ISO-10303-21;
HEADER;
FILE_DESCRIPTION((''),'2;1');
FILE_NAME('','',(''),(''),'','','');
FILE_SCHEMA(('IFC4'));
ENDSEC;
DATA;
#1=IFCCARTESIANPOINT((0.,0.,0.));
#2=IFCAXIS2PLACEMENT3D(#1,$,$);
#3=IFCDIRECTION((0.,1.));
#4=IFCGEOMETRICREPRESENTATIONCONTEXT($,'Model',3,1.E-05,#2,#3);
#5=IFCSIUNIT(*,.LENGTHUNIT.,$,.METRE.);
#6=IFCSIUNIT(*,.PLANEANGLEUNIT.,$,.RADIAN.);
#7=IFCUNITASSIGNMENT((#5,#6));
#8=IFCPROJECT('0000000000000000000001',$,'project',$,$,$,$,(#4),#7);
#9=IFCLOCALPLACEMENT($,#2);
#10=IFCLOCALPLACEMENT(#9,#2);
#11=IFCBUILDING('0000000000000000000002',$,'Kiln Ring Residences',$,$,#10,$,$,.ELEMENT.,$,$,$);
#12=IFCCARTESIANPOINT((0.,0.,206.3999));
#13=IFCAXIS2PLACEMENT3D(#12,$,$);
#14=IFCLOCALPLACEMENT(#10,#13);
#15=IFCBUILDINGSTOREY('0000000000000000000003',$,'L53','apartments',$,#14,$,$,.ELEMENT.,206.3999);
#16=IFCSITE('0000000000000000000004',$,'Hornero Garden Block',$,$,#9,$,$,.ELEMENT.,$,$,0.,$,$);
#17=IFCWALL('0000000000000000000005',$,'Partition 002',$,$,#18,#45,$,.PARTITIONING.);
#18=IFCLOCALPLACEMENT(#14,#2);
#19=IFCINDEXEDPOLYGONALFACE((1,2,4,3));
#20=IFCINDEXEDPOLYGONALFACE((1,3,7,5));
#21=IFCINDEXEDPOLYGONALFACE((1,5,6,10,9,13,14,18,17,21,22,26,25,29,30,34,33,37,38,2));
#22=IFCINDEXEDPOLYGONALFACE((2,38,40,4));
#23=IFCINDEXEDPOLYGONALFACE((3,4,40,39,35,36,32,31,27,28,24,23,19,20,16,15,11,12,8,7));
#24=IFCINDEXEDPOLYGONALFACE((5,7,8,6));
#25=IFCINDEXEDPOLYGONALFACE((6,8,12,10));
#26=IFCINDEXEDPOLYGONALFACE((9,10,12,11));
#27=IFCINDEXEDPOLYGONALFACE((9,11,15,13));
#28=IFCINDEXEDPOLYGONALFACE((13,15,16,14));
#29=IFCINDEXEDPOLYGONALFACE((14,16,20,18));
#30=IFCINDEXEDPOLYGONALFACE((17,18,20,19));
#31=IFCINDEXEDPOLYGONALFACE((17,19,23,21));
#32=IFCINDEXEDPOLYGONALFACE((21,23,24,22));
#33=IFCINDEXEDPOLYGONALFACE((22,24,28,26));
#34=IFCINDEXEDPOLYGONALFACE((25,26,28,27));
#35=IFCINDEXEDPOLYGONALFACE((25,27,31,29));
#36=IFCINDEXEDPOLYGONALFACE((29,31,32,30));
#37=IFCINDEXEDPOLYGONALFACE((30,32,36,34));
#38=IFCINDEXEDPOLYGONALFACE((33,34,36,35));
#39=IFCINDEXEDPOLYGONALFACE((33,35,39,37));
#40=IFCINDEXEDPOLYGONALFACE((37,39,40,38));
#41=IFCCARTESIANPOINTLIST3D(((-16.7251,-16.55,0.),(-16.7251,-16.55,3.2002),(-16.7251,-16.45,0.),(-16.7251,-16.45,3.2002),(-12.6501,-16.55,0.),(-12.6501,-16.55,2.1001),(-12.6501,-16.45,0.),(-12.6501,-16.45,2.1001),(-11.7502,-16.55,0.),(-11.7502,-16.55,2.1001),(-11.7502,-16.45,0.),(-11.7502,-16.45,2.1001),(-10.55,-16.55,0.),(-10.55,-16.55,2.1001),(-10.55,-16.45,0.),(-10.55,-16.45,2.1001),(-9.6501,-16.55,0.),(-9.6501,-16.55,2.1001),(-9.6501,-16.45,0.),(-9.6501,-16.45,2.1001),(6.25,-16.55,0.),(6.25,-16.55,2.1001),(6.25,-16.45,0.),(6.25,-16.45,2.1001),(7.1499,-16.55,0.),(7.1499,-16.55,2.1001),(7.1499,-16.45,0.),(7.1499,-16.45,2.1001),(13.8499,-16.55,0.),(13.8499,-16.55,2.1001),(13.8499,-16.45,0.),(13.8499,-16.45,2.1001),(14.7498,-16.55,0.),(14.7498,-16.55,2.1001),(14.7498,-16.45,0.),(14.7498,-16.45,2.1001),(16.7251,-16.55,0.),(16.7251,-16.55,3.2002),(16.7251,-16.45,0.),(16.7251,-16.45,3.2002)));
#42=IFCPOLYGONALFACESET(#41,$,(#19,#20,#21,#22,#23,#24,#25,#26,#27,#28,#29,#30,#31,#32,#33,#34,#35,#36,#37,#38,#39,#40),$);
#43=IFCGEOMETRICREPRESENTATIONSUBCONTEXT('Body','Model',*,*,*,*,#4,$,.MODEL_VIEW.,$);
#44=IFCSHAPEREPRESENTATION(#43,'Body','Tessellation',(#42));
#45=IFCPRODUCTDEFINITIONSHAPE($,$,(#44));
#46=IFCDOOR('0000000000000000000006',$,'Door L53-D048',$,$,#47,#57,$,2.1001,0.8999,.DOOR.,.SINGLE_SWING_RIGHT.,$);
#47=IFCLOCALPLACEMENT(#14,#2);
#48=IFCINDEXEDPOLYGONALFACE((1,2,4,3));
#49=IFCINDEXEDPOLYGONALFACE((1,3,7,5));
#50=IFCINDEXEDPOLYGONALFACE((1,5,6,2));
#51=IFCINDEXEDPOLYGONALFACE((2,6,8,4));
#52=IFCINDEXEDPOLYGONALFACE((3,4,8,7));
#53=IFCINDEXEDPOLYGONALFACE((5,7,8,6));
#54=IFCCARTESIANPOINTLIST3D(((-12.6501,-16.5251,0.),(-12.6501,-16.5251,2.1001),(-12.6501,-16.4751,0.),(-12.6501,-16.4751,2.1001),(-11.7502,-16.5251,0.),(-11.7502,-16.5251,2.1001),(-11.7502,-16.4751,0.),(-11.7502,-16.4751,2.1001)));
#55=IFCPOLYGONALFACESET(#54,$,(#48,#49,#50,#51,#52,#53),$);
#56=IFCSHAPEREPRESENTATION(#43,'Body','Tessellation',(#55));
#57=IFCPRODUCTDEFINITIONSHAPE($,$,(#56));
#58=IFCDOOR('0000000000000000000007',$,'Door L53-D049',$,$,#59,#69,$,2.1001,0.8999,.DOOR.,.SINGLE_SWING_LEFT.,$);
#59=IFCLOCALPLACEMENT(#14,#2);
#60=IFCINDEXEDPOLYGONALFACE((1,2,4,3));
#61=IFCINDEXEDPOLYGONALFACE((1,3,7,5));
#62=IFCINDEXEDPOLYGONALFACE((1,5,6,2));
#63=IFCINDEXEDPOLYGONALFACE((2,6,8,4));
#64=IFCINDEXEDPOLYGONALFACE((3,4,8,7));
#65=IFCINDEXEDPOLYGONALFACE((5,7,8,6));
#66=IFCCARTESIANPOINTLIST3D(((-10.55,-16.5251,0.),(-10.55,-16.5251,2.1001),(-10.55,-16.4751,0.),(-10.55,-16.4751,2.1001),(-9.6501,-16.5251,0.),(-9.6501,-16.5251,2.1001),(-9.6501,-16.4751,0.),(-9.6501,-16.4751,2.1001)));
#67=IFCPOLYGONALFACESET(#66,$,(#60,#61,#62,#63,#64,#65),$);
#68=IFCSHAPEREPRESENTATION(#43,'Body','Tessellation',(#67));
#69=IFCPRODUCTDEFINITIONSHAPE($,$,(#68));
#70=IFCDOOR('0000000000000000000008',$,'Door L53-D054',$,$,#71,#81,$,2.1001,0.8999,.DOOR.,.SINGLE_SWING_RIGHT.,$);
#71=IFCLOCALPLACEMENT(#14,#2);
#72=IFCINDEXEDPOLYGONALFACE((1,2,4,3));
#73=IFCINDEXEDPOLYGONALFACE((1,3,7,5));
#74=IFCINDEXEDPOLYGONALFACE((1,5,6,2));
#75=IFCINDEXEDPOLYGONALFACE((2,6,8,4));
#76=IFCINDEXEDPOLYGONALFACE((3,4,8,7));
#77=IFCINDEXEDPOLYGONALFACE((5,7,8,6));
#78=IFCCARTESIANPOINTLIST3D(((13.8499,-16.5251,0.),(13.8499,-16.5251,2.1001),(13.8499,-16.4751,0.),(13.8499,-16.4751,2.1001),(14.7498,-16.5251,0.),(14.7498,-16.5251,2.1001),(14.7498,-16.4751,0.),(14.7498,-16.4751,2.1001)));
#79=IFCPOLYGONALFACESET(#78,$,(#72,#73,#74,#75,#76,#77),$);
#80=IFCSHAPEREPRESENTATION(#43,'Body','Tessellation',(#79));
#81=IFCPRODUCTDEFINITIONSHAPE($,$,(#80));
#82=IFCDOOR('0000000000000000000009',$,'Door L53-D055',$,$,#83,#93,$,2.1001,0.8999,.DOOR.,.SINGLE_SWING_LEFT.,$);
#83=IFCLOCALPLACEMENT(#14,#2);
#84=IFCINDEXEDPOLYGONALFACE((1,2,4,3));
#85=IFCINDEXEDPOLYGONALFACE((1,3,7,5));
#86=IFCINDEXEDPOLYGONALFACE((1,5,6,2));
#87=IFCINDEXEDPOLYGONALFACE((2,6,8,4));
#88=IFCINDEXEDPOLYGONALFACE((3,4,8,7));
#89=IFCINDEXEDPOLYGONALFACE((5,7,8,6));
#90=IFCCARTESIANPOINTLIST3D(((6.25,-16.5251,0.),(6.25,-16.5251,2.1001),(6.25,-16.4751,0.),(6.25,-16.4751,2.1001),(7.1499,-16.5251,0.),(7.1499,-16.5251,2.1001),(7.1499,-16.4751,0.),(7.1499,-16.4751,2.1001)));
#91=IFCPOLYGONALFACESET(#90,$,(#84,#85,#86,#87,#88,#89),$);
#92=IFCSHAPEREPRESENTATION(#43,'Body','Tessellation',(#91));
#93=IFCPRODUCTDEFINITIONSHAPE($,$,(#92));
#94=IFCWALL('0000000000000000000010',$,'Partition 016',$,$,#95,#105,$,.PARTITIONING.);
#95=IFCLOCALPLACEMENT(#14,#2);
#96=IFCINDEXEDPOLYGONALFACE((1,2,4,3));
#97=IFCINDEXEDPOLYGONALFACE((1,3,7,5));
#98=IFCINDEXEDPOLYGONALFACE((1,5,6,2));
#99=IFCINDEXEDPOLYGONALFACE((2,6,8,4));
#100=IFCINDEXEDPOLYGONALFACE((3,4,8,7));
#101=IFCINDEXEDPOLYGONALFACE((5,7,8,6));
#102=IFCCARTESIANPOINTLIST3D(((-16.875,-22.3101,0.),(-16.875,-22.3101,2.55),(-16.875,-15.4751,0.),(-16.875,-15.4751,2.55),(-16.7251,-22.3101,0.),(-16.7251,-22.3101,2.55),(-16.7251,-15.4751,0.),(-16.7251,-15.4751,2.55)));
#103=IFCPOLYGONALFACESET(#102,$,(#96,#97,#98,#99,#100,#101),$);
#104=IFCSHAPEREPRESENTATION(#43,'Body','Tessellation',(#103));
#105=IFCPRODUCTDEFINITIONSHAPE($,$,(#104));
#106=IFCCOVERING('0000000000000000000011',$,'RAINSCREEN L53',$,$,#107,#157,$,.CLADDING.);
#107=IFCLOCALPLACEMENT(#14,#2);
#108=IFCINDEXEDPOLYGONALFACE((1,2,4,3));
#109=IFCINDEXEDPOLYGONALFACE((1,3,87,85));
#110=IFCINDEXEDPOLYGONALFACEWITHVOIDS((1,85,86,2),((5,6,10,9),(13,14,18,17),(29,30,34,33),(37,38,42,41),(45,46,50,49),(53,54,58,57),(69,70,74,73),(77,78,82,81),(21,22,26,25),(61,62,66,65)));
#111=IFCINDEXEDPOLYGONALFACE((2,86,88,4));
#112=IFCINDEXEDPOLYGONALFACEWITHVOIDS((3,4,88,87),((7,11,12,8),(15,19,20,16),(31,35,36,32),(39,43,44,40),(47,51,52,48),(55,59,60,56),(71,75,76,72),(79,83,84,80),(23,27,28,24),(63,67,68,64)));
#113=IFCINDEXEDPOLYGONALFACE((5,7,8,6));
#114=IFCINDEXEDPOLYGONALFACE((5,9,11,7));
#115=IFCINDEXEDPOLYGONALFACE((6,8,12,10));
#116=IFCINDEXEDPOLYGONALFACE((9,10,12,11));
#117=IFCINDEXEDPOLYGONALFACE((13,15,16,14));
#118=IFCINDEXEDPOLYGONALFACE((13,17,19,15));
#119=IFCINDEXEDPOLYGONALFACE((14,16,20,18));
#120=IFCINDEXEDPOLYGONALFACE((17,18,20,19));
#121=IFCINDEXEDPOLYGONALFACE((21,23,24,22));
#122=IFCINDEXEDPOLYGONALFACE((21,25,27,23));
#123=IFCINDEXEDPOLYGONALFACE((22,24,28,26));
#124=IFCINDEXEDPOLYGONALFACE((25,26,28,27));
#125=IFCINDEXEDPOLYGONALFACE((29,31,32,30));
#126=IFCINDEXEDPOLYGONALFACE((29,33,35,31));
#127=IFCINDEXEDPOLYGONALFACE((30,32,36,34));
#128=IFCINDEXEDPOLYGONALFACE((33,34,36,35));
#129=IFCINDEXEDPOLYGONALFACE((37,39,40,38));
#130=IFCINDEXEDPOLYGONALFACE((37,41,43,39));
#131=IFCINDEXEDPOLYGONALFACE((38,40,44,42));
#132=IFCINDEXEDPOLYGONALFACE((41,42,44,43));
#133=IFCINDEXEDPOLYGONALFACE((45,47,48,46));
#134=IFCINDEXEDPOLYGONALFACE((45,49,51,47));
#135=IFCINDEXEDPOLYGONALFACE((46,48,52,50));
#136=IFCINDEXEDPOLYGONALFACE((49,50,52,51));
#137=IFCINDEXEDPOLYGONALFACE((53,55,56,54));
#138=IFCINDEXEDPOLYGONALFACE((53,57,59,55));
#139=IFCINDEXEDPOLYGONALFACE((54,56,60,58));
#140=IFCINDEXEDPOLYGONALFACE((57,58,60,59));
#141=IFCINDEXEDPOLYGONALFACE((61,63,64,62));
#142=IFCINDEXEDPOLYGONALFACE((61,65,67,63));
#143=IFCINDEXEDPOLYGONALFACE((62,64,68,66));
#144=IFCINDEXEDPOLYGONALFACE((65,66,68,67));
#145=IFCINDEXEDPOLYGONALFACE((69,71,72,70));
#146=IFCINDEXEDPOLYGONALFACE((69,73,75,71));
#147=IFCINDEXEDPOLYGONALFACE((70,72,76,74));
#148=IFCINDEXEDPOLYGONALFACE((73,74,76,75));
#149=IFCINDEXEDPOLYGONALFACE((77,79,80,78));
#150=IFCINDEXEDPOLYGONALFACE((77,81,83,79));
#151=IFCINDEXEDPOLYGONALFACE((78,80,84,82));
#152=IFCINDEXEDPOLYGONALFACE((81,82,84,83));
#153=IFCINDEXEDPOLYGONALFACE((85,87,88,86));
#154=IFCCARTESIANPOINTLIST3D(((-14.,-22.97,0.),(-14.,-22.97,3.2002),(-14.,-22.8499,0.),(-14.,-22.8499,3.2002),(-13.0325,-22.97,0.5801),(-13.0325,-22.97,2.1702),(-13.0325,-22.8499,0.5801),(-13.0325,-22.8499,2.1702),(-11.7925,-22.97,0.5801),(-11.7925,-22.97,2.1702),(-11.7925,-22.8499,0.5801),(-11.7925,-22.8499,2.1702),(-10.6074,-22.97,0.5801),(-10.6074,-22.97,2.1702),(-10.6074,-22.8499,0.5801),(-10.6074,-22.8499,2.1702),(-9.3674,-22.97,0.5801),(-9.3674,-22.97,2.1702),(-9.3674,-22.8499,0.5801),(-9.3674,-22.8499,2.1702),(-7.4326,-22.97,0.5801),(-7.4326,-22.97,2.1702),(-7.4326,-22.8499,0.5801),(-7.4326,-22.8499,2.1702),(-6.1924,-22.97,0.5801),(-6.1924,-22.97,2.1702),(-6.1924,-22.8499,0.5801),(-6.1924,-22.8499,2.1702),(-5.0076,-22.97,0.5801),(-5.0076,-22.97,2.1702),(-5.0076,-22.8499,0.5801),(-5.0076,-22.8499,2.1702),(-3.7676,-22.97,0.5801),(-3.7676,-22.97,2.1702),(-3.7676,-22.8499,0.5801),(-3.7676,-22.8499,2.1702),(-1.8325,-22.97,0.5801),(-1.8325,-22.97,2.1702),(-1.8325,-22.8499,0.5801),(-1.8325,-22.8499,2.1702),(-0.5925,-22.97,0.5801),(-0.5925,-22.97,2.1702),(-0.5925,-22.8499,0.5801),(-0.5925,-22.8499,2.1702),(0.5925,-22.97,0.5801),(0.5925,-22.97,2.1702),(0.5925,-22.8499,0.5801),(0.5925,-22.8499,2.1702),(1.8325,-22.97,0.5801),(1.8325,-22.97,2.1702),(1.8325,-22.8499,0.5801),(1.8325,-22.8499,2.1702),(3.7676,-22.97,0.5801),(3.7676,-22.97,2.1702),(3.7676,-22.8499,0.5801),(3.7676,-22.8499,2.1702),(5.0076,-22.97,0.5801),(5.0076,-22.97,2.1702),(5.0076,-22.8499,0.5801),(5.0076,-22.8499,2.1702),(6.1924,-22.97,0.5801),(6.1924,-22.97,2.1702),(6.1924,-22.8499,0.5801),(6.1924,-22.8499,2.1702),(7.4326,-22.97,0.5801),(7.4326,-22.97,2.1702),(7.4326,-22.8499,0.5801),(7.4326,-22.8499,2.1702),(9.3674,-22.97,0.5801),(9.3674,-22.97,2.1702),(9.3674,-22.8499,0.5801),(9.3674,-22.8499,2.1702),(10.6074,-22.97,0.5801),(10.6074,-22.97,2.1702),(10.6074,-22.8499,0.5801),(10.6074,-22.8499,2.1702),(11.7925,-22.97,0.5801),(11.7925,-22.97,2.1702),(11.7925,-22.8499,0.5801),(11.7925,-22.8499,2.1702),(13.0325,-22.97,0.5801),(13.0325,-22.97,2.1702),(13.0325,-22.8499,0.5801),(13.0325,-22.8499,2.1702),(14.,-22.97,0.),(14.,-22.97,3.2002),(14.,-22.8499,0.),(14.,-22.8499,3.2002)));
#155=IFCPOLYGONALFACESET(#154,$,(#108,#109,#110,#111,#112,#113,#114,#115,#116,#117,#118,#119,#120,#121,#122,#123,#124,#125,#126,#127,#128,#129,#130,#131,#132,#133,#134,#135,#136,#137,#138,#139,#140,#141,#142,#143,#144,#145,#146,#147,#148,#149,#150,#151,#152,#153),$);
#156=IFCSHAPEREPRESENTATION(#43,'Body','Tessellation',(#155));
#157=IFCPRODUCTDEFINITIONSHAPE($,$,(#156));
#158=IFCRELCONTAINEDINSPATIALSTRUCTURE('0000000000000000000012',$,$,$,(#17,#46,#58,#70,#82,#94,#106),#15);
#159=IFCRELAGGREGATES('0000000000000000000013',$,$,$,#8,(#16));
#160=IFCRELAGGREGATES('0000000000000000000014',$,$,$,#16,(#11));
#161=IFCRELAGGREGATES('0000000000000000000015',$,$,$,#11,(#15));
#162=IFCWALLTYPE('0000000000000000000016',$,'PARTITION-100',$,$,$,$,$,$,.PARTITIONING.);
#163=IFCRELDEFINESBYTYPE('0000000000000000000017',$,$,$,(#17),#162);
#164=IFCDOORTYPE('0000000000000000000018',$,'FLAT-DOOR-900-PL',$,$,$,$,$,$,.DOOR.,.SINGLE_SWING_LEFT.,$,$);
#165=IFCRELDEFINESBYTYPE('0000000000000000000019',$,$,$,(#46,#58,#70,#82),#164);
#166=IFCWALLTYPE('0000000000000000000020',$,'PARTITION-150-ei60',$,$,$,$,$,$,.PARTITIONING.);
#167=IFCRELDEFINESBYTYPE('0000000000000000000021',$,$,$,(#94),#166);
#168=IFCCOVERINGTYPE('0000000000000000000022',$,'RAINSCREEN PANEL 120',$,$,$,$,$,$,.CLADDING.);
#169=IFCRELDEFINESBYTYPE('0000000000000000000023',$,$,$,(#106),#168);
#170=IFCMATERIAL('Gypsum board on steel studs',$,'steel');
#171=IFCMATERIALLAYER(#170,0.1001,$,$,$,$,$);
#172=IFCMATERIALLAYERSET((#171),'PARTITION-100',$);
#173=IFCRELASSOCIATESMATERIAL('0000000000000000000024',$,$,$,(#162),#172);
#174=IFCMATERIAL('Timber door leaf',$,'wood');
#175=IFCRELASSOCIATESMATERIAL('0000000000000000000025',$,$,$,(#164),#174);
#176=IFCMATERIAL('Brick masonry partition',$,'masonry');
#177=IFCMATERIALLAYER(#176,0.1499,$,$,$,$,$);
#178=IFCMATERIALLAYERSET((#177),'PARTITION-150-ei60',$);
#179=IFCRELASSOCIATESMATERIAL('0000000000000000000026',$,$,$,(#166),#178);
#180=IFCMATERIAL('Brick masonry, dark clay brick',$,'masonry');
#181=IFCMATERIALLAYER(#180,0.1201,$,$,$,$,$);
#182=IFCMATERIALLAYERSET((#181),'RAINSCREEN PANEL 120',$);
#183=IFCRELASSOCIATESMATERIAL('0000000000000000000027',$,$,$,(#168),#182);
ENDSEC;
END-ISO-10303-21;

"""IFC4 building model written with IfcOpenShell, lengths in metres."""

from ifc_helpers import new_model, si_unit, direction, frame, frame_2d, origin, place, context, subcontext, project, spatial, polyline, rectangle, outline, extrude, material, layer, layer_set, type_object, element, fill, save


model = new_model("IFC4")

# Units and contexts
model_context = context("Model", 3, precision=1e-05, world=origin(), true_north=direction((0.0, 1.0)))
body_context = subcontext(model_context, "Body", "Model", "MODEL_VIEW")
ifc_project = project(units=[si_unit("LENGTHUNIT", "METRE"), si_unit("PLANEANGLEUNIT", "RADIAN")], contexts=[model_context])

# Site, building, storey
site_placement = place(None, origin())
site = spatial("IfcSite", under=ifc_project, at=site_placement, Name="Hornero Garden Block", CompositionType="ELEMENT", RefElevation=0.0)
building_placement = place(site_placement, origin())
building = spatial("IfcBuilding", under=site, at=building_placement, Name="Kiln Ring Residences", CompositionType="ELEMENT")
storey_placement = place(building_placement, frame((0.0, 0.0, 206.3999)))
storey = spatial("IfcBuildingStorey", under=building, at=storey_placement, Name="L53", Description="apartments", CompositionType="ELEMENT", Elevation=206.3999)

# Wall, openings, doors
ifc_material_1 = material(Name="Gypsum board on steel studs", Category="steel")
ifc_layer_1 = layer(ifc_material_1, 0.1001)
ifc_layer_set_1 = layer_set([ifc_layer_1], Name="PARTITION-100")
wall_type_1 = type_object("IfcWallType", Name="PARTITION-100", PredefinedType="PARTITIONING", material=ifc_layer_set_1)
wall_1_placement = place(storey_placement, frame((-16.7251, -16.5, 0.0), z_axis=(0.0, 0.0, 1.0), x_axis=(1.0, 0.0, 0.0)))
wall_1 = element("IfcWall", 1, at=wall_1_placement, inside=storey, type_object=wall_type_1, Name="Partition 002", PredefinedType="PARTITIONING", context=body_context, shape_type="SweptSolid", body=[
    extrude(rectangle(XDim=33.4502, YDim=0.1001, at=frame_2d((16.7251, 0.0))), origin(), (0.0, 0.0, 1.0), 3.2002),
])
opening_1_placement = place(wall_1_placement, frame((4.075, 0.0, 0.0)))
opening_1 = element("IfcOpeningElement", 2, at=opening_1_placement, cuts=wall_1, PredefinedType="OPENING", context=body_context, shape_type="SweptSolid", body=[
    extrude(rectangle(XDim=0.8999, YDim=2.1001, at=frame_2d((0.45, 1.05))), frame((0.0, 0.0601, 0.0), z_axis=(0.0, -1.0, 0.0), x_axis=(1.0, 0.0, 0.0)), (0.0, 0.0, 1.0), 0.1201),
])
opening_2_placement = place(wall_1_placement, frame((6.175, 0.0, 0.0)))
opening_2 = element("IfcOpeningElement", 3, at=opening_2_placement, cuts=wall_1, PredefinedType="OPENING", context=body_context, shape_type="SweptSolid", body=[
    extrude(rectangle(XDim=0.8999, YDim=2.1001, at=frame_2d((0.45, 1.05))), frame((0.0, 0.0601, 0.0), z_axis=(0.0, -1.0, 0.0), x_axis=(1.0, 0.0, 0.0)), (0.0, 0.0, 1.0), 0.1201),
])
opening_3_placement = place(wall_1_placement, frame((30.575, 0.0, 0.0)))
opening_3 = element("IfcOpeningElement", 4, at=opening_3_placement, cuts=wall_1, PredefinedType="OPENING", context=body_context, shape_type="SweptSolid", body=[
    extrude(rectangle(XDim=0.8999, YDim=2.1001, at=frame_2d((0.45, 1.05))), frame((0.0, 0.0601, 0.0), z_axis=(0.0, -1.0, 0.0), x_axis=(1.0, 0.0, 0.0)), (0.0, 0.0, 1.0), 0.1201),
])
opening_4_placement = place(wall_1_placement, frame((22.9751, 0.0, 0.0)))
opening_4 = element("IfcOpeningElement", 5, at=opening_4_placement, cuts=wall_1, PredefinedType="OPENING", context=body_context, shape_type="SweptSolid", body=[
    extrude(rectangle(XDim=0.8999, YDim=2.1001, at=frame_2d((0.45, 1.05))), frame((0.0, 0.0601, 0.0), z_axis=(0.0, -1.0, 0.0), x_axis=(1.0, 0.0, 0.0)), (0.0, 0.0, 1.0), 0.1201),
])
ifc_material_2 = material(Name="Timber door leaf", Category="wood")
door_type = type_object("IfcDoorType", Name="FLAT-DOOR-900-PL", OperationType="SINGLE_SWING_LEFT", PredefinedType="DOOR", material=ifc_material_2)
door_1_placement = place(opening_1_placement, origin())
door_1 = element("IfcDoor", 6, at=door_1_placement, inside=storey, type_object=door_type, Name="Door L53-D048", OperationType="SINGLE_SWING_RIGHT", OverallHeight=2.1001, OverallWidth=0.8999, PredefinedType="DOOR", context=body_context, shape_type="SweptSolid", body=[
    extrude(rectangle(XDim=0.8999, YDim=2.1001, at=frame_2d((0.45, 1.05))), frame((0.0, 0.0249, 0.0), z_axis=(0.0, -1.0, 0.0), x_axis=(1.0, 0.0, 0.0)), (0.0, 0.0, 1.0), 0.05),
])
fill(opening_1, door_1)
door_2_placement = place(opening_2_placement, origin())
door_2 = element("IfcDoor", 7, at=door_2_placement, inside=storey, type_object=door_type, Name="Door L53-D049", OperationType="SINGLE_SWING_LEFT", OverallHeight=2.1001, OverallWidth=0.8999, PredefinedType="DOOR", context=body_context, shape_type="SweptSolid", body=[
    extrude(rectangle(XDim=0.8999, YDim=2.1001, at=frame_2d((0.45, 1.05))), frame((0.0, 0.0249, 0.0), z_axis=(0.0, -1.0, 0.0), x_axis=(1.0, 0.0, 0.0)), (0.0, 0.0, 1.0), 0.05),
])
fill(opening_2, door_2)
door_3_placement = place(opening_3_placement, origin())
door_3 = element("IfcDoor", 8, at=door_3_placement, inside=storey, type_object=door_type, Name="Door L53-D054", OperationType="SINGLE_SWING_RIGHT", OverallHeight=2.1001, OverallWidth=0.8999, PredefinedType="DOOR", context=body_context, shape_type="SweptSolid", body=[
    extrude(rectangle(XDim=0.8999, YDim=2.1001, at=frame_2d((0.45, 1.05))), frame((0.0, 0.0249, 0.0), z_axis=(0.0, -1.0, 0.0), x_axis=(1.0, 0.0, 0.0)), (0.0, 0.0, 1.0), 0.05),
])
fill(opening_3, door_3)
door_4_placement = place(opening_4_placement, origin())
door_4 = element("IfcDoor", 9, at=door_4_placement, inside=storey, type_object=door_type, Name="Door L53-D055", OperationType="SINGLE_SWING_LEFT", OverallHeight=2.1001, OverallWidth=0.8999, PredefinedType="DOOR", context=body_context, shape_type="SweptSolid", body=[
    extrude(rectangle(XDim=0.8999, YDim=2.1001, at=frame_2d((0.45, 1.05))), frame((0.0, 0.0249, 0.0), z_axis=(0.0, -1.0, 0.0), x_axis=(1.0, 0.0, 0.0)), (0.0, 0.0, 1.0), 0.05),
])
fill(opening_4, door_4)

# Wall
ifc_material_3 = material(Name="Brick masonry partition", Category="masonry")
ifc_layer_2 = layer(ifc_material_3, 0.1499)
ifc_layer_set_2 = layer_set([ifc_layer_2], Name="PARTITION-150-ei60")
wall_type_2 = type_object("IfcWallType", Name="PARTITION-150-ei60", PredefinedType="PARTITIONING", material=ifc_layer_set_2)
wall_2_placement = place(storey_placement, frame((-16.8, -22.3101, 0.0), z_axis=(0.0, 0.0, 1.0), x_axis=(0.0, 1.0, 0.0)))
element("IfcWall", 10, at=wall_2_placement, inside=storey, type_object=wall_type_2, Name="Partition 016", PredefinedType="PARTITIONING", context=body_context, shape_type="SweptSolid", body=[
    extrude(rectangle(XDim=6.835, YDim=0.1499, at=frame_2d((3.4175, 0.0))), origin(), (0.0, 0.0, 1.0), 2.55),
])

# Covering
ifc_material_4 = material(Name="Brick masonry, dark clay brick", Category="masonry")
ifc_layer_3 = layer(ifc_material_4, 0.1201)
ifc_layer_set_3 = layer_set([ifc_layer_3], Name="RAINSCREEN PANEL 120")
covering_type = type_object("IfcCoveringType", Name="RAINSCREEN PANEL 120", PredefinedType="CLADDING", material=ifc_layer_set_3)
covering_placement = place(storey_placement, frame((-14.0, -22.9099, 0.0), z_axis=(0.0, 0.0, 1.0), x_axis=(1.0, 0.0, 0.0)))
element("IfcCovering", 11, at=covering_placement, inside=storey, type_object=covering_type, Name="RAINSCREEN L53", PredefinedType="CLADDING", context=body_context, shape_type="SweptSolid", body=[
    extrude(outline(polyline([(0.0, 0.0), (28.0, 0.0), (28.0, 3.2002), (0.0, 3.2002), (0.0, 0.0)]), holes=[polyline([(0.9675, 0.5801), (2.2075, 0.5801), (2.2075, 2.1702), (0.9675, 2.1702), (0.9675, 0.5801)]), polyline([(3.3926, 0.5801), (4.6326, 0.5801), (4.6326, 2.1702), (3.3926, 2.1702), (3.3926, 0.5801)]), polyline([(6.5674, 0.5801), (7.8076, 0.5801), (7.8076, 2.1702), (6.5674, 2.1702), (6.5674, 0.5801)]), polyline([(8.9924, 2.1702), (8.9924, 0.5801), (10.2324, 0.5801), (10.2324, 2.1702), (8.9924, 2.1702)]), polyline([(12.1675, 2.1702), (12.1675, 0.5801), (13.4075, 0.5801), (13.4075, 2.1702), (12.1675, 2.1702)]), polyline([(14.5925, 0.5801), (15.8325, 0.5801), (15.8325, 2.1702), (14.5925, 2.1702), (14.5925, 0.5801)]), polyline([(17.7676, 0.5801), (19.0076, 0.5801), (19.0076, 2.1702), (17.7676, 2.1702), (17.7676, 0.5801)]), polyline([(20.1924, 0.5801), (21.4326, 0.5801), (21.4326, 2.1702), (20.1924, 2.1702), (20.1924, 0.5801)]), polyline([(23.3674, 2.1702), (23.3674, 0.5801), (24.6074, 0.5801), (24.6074, 2.1702), (23.3674, 2.1702)]), polyline([(25.7925, 2.1702), (25.7925, 0.5801), (27.0325, 0.5801), (27.0325, 2.1702), (25.7925, 2.1702)])]), frame((0.0, 0.0601, 0.0), z_axis=(0.0, -1.0, 0.0), x_axis=(1.0, 0.0, 0.0)), (0.0, 0.0, 1.0), 0.1201),
])

save(model, "model.ifc")
